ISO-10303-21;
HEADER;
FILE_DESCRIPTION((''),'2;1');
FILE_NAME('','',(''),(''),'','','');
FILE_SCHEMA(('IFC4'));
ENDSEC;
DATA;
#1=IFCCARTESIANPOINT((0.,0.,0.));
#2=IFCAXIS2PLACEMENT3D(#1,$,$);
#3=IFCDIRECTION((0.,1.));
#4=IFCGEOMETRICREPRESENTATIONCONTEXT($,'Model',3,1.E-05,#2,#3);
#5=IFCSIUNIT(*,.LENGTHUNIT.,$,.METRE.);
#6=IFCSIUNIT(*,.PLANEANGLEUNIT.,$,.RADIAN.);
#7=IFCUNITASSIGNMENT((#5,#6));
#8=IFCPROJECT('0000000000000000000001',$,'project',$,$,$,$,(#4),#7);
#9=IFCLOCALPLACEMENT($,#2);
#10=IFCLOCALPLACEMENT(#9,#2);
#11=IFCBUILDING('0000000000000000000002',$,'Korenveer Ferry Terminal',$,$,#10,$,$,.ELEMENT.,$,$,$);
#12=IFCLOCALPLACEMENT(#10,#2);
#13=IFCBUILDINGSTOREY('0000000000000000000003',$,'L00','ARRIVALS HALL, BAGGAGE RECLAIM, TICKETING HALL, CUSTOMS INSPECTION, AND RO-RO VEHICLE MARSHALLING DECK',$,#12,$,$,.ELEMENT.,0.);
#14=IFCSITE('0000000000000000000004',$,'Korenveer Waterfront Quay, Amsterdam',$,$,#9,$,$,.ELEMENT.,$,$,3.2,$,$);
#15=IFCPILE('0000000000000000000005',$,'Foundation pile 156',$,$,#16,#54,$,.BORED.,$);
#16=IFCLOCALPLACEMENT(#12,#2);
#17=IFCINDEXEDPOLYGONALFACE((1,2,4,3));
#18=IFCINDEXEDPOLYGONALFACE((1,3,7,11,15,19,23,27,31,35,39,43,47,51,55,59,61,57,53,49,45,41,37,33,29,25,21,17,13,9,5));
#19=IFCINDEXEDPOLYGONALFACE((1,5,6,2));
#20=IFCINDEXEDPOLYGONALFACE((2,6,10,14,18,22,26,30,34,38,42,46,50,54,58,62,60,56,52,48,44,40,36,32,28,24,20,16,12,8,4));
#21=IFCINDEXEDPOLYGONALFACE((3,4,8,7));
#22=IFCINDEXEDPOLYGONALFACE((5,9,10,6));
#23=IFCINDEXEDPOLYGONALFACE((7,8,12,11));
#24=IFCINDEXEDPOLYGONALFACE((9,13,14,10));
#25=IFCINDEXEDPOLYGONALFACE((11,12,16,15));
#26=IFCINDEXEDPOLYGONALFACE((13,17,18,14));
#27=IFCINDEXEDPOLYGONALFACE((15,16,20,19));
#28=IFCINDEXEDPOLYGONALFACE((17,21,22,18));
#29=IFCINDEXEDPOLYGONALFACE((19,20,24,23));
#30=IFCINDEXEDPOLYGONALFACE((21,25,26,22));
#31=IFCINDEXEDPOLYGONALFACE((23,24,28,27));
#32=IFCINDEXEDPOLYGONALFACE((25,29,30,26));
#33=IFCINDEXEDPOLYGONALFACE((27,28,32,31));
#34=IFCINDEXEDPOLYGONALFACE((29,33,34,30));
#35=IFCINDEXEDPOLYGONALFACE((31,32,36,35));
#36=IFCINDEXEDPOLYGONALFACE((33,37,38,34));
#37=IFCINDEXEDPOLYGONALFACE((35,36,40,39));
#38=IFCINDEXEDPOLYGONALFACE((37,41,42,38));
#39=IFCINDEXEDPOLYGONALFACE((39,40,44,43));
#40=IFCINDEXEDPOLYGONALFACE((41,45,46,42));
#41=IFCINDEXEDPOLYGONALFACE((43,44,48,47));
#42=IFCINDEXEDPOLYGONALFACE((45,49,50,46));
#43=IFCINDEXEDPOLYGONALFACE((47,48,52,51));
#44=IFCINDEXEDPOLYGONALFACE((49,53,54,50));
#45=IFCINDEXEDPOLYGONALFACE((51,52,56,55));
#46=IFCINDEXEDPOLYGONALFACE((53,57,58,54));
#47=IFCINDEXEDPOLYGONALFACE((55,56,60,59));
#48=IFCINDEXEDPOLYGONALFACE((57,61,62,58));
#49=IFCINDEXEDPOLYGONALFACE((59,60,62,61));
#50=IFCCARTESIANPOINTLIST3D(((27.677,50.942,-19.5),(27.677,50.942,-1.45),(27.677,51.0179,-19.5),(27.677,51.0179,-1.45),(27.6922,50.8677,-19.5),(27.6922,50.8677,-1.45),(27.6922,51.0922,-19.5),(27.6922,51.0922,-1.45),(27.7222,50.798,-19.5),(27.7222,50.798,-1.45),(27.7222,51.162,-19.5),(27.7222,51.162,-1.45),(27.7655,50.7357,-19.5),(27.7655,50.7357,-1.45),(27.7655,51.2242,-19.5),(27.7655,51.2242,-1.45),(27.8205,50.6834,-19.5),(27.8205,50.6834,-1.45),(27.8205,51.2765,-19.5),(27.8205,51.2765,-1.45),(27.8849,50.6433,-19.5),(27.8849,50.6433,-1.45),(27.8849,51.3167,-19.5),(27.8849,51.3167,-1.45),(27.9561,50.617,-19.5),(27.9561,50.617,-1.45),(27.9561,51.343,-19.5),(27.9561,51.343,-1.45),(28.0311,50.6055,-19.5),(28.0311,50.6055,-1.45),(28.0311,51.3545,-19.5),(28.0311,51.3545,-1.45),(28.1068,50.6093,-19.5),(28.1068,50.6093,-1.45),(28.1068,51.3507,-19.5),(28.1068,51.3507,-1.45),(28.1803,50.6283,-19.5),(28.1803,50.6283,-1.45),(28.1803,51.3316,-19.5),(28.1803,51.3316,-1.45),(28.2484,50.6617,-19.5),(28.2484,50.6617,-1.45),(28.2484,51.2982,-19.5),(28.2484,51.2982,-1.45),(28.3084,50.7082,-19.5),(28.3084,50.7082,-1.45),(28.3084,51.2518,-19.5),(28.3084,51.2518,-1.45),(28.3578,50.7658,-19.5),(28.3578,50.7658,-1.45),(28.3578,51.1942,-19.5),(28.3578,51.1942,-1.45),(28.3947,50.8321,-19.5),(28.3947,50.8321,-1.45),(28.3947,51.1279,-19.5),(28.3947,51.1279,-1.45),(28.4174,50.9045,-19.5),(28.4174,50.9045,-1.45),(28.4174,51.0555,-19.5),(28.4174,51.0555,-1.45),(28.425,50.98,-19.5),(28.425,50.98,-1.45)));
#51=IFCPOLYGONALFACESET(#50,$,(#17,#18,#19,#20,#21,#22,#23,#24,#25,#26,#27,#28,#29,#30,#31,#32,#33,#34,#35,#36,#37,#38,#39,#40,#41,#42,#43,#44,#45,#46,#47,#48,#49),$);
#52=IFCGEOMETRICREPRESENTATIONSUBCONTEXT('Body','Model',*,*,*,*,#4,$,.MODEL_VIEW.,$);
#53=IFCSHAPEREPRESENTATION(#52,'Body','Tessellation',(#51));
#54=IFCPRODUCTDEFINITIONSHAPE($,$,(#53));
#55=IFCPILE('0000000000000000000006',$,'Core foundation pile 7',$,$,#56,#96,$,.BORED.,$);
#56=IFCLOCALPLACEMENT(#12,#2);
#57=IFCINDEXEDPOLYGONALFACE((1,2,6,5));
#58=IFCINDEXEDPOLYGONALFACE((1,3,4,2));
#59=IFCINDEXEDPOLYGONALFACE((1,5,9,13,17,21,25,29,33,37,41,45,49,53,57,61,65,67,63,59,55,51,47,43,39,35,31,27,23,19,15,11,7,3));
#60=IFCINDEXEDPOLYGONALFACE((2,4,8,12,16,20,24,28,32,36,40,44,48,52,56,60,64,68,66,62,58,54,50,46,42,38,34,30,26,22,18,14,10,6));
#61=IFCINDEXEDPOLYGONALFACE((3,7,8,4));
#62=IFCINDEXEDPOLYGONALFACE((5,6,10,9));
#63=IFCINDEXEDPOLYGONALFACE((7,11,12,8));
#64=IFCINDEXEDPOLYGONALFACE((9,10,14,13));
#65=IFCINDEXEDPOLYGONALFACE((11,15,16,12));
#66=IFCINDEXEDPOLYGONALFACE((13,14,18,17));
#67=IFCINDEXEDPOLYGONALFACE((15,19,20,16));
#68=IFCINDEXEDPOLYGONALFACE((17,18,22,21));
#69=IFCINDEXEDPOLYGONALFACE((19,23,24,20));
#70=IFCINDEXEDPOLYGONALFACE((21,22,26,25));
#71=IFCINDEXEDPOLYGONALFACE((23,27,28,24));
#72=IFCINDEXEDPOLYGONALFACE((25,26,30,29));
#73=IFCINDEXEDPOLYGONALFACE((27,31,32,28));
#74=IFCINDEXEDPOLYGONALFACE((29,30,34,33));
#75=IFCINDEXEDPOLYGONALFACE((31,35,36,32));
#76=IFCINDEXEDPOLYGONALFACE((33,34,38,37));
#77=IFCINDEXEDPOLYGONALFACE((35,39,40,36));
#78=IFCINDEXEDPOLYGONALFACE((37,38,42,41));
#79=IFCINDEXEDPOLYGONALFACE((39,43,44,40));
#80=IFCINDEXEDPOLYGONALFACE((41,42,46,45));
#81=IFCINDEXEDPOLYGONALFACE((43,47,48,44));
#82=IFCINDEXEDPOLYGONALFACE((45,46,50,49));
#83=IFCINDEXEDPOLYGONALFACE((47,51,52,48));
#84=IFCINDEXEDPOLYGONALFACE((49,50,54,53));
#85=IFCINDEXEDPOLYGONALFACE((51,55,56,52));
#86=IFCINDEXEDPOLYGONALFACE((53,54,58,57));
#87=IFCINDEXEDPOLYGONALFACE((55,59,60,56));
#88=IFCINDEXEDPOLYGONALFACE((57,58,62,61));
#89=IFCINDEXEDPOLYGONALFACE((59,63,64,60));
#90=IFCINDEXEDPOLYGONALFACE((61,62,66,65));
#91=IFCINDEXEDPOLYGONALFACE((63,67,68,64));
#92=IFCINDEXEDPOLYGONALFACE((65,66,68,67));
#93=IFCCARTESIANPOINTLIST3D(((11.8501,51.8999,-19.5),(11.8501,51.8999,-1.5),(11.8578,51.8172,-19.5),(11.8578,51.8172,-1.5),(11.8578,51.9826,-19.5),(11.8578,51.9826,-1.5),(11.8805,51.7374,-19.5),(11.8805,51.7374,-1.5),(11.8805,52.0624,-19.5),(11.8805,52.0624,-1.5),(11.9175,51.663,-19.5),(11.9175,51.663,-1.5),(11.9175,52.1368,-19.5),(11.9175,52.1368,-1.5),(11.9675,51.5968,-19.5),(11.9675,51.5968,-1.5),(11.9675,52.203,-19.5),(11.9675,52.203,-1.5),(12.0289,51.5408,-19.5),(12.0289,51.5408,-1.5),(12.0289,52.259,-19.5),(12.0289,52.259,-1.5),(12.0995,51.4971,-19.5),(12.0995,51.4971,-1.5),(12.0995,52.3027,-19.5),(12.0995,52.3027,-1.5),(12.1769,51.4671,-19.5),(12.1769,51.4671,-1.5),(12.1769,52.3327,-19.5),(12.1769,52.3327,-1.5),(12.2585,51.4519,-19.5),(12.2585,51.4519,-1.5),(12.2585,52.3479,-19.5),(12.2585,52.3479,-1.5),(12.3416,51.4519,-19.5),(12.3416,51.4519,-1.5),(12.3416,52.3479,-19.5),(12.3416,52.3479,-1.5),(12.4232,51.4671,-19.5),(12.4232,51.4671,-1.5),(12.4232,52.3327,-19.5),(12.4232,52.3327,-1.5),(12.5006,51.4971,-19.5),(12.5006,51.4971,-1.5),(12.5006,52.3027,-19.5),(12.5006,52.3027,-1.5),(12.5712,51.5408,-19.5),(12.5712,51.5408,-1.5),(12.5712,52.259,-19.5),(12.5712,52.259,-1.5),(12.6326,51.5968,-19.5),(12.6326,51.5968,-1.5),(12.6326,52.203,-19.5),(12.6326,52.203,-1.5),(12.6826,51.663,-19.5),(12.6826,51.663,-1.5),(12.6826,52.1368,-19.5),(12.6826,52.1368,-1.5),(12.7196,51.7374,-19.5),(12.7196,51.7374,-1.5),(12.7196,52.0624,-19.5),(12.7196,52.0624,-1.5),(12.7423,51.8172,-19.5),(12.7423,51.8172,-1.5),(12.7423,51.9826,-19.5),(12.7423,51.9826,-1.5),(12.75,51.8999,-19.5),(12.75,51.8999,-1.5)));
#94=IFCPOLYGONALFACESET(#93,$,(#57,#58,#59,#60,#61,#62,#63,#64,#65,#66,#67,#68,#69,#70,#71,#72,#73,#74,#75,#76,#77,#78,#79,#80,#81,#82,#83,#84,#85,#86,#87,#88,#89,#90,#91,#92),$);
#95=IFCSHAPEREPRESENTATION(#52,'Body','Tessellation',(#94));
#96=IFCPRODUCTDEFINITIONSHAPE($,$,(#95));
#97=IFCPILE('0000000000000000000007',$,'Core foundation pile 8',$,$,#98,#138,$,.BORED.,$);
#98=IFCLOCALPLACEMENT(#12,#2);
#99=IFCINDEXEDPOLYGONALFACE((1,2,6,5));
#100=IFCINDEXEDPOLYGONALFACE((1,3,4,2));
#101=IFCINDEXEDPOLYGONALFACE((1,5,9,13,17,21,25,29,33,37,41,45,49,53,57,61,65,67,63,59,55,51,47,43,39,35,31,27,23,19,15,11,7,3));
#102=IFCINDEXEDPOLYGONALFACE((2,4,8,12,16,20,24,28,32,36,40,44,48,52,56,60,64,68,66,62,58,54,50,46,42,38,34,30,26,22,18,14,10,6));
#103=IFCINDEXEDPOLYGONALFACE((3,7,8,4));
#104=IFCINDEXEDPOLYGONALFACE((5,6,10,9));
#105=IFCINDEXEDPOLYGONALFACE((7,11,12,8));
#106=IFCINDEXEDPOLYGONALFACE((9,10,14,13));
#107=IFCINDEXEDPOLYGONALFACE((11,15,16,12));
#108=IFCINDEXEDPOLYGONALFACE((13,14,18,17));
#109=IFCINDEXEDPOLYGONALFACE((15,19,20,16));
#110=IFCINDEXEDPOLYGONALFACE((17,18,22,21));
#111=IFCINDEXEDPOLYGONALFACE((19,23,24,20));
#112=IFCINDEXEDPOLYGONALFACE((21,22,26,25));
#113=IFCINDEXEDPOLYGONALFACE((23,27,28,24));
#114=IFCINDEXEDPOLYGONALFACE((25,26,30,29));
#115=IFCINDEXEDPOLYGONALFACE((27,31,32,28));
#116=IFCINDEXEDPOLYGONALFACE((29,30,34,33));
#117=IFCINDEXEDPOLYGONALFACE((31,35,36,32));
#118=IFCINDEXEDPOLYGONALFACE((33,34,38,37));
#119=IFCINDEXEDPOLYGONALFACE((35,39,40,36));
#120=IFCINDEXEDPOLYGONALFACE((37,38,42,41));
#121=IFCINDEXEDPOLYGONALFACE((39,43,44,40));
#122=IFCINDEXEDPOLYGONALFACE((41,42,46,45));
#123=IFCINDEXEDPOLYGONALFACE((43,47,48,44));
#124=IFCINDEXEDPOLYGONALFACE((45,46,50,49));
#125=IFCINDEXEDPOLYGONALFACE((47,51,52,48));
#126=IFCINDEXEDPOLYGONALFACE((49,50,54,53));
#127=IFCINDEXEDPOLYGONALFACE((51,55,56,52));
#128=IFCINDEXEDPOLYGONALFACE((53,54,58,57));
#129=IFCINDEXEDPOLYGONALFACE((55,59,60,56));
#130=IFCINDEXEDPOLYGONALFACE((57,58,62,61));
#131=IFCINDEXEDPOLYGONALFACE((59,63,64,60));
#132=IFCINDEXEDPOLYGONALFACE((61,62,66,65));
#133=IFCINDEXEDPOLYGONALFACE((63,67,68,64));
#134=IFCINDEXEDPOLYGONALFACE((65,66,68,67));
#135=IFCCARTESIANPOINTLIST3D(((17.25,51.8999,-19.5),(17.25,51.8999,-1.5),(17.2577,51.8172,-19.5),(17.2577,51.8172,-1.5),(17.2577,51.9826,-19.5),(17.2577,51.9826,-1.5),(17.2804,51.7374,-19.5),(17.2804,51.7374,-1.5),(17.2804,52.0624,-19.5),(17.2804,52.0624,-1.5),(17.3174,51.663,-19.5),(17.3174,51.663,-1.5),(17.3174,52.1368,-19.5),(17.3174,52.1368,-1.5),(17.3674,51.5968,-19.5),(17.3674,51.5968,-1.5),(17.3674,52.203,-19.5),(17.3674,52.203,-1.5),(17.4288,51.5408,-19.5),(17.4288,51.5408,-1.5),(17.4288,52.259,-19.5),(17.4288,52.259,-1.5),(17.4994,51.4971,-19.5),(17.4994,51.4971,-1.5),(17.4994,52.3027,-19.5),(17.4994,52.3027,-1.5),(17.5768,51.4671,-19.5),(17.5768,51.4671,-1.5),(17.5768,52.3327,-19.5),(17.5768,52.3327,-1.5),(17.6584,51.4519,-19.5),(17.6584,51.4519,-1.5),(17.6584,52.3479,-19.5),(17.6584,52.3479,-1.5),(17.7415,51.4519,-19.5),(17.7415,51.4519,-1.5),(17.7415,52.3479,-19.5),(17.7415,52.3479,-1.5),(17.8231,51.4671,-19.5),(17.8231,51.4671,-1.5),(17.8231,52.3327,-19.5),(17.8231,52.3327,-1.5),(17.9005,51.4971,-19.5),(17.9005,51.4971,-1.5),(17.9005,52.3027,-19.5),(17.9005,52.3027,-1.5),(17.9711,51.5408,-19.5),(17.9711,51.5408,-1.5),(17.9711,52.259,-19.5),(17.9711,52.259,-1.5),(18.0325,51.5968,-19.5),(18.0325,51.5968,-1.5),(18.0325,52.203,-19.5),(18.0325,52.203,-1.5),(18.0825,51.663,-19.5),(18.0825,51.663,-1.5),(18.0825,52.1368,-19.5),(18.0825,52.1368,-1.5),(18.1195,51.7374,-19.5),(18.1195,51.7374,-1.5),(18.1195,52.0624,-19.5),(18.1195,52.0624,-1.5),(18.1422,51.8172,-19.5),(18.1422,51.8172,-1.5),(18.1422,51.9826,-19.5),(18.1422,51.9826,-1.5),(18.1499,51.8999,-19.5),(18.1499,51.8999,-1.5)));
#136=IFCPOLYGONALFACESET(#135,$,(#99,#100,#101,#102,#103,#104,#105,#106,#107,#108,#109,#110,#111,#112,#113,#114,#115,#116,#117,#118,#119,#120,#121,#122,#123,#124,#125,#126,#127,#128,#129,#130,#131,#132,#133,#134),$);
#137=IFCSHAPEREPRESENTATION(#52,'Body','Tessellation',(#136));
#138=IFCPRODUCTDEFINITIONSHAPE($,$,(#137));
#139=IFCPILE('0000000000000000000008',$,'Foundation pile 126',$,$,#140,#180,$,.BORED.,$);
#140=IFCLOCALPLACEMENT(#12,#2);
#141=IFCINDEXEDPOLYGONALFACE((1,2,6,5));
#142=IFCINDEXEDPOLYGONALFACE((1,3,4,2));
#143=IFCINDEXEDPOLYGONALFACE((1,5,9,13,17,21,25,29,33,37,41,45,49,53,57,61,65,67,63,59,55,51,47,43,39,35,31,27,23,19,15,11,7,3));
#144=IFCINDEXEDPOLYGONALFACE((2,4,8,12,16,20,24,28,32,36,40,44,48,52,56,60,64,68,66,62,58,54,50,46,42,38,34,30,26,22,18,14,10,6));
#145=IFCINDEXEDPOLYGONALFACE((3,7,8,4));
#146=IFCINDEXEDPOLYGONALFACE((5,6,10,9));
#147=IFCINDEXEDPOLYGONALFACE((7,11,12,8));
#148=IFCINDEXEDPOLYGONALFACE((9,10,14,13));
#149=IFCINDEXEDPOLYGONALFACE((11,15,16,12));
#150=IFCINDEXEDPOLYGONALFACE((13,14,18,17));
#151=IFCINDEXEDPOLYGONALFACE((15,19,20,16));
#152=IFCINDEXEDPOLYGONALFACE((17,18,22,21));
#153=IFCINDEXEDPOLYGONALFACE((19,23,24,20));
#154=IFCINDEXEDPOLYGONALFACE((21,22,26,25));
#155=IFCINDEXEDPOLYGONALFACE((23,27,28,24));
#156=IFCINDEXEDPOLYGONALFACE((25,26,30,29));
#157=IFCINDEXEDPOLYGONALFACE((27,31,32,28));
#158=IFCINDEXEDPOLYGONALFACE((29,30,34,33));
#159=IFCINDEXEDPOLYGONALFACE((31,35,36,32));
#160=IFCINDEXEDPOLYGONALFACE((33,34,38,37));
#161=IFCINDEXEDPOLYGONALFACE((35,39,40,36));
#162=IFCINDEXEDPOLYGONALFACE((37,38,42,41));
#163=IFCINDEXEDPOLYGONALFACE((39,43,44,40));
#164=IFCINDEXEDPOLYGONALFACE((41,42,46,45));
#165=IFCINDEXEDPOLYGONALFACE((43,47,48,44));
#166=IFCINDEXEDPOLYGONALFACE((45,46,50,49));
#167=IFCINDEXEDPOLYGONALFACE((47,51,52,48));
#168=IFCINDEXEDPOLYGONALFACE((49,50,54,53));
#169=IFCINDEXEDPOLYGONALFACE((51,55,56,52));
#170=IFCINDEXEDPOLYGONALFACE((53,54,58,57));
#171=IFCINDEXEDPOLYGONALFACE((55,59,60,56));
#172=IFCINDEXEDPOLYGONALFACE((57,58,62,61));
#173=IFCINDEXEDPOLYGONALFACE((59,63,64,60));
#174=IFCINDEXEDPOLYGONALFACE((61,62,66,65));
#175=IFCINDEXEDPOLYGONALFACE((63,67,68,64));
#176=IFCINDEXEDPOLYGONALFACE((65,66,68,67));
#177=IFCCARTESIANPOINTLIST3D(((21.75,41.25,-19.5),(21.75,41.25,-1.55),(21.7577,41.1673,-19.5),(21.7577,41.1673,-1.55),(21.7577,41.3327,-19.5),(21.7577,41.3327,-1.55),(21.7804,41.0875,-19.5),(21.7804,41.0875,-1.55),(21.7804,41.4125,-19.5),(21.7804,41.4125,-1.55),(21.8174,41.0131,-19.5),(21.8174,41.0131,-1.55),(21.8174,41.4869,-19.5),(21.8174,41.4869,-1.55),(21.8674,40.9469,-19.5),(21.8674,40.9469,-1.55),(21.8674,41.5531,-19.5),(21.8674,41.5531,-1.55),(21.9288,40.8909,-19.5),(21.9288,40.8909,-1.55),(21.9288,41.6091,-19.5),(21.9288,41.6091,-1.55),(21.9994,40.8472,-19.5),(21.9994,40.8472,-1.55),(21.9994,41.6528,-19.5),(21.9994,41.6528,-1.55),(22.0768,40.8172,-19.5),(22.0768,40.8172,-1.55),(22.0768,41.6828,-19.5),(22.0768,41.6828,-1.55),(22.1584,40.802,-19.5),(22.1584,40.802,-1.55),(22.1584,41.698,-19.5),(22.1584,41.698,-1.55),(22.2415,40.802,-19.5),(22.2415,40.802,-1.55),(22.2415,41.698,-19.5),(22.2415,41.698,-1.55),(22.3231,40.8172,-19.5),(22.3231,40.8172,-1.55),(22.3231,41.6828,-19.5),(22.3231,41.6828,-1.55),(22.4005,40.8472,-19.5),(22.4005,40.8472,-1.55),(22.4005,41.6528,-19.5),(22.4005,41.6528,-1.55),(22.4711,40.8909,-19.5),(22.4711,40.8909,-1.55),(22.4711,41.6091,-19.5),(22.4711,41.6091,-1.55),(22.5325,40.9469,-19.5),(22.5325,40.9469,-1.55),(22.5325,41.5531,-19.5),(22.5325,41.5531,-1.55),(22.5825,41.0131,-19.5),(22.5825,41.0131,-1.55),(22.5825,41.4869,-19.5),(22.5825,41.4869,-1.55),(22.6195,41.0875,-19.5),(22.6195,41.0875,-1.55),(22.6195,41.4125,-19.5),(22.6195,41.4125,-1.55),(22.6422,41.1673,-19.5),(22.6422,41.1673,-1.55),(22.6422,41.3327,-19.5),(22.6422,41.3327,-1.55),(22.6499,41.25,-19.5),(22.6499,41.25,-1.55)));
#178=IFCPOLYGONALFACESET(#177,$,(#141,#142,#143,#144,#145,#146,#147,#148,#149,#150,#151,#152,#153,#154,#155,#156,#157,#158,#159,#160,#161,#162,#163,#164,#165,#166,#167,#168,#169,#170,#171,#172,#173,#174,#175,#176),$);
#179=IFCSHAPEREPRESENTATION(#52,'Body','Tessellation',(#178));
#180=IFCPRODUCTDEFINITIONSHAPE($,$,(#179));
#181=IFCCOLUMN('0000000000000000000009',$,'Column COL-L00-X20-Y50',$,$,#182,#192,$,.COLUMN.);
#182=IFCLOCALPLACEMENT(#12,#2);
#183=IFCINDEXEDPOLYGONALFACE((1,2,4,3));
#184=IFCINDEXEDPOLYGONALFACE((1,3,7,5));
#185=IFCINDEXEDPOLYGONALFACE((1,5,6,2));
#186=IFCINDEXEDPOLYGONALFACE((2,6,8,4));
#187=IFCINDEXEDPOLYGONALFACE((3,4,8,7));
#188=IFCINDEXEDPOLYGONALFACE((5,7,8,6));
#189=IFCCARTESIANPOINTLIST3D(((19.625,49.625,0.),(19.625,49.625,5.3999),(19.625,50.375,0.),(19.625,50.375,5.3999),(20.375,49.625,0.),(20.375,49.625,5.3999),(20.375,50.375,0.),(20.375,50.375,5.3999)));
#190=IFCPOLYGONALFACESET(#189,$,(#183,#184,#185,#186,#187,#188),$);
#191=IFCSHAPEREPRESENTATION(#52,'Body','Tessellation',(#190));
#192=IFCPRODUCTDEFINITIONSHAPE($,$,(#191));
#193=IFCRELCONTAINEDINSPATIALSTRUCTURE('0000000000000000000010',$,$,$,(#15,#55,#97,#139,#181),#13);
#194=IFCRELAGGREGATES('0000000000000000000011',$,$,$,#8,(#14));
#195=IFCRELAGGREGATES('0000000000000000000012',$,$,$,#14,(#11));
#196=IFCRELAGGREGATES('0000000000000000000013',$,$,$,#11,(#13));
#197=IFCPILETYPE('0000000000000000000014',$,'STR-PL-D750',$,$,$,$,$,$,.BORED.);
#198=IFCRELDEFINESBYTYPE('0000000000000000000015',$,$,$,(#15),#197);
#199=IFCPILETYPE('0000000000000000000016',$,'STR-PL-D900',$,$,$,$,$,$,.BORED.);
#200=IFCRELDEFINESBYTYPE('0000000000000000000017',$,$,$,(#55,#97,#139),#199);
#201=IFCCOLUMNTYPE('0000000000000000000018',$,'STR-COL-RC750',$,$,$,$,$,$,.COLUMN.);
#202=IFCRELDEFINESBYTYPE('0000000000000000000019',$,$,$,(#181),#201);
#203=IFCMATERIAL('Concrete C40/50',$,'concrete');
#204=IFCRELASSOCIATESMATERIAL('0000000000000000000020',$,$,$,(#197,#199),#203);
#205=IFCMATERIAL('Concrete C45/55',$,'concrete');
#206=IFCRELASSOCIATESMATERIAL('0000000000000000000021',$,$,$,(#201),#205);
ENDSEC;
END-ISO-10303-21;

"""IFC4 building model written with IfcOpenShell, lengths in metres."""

from ifc_helpers import new_model, si_unit, direction, frame, origin, origin_2d, place, context, subcontext, project, spatial, rectangle, circle, extrude, material, material_profile, profile_set, type_object, element, save


model = new_model("IFC4")

# Units and contexts
model_context = context("Model", 3, precision=1e-05, world=origin(), true_north=direction((0.0, 1.0)))
body_context = subcontext(model_context, "Body", "Model", "MODEL_VIEW")
ifc_project = project(units=[si_unit("LENGTHUNIT", "METRE"), si_unit("PLANEANGLEUNIT", "RADIAN")], contexts=[model_context])

# Site, building, storey
site_placement = place(None, origin())
site = spatial("IfcSite", under=ifc_project, at=site_placement, Name="Korenveer Waterfront Quay, Amsterdam", CompositionType="ELEMENT", RefElevation=3.2)
building_placement = place(site_placement, origin())
building = spatial("IfcBuilding", under=site, at=building_placement, Name="Korenveer Ferry Terminal", CompositionType="ELEMENT")
storey_placement = place(building_placement, origin())
storey = spatial("IfcBuildingStorey", under=building, at=storey_placement, Name="L00", Description="ARRIVALS HALL, BAGGAGE RECLAIM, TICKETING HALL, CUSTOMS INSPECTION, AND RO-RO VEHICLE MARSHALLING DECK", CompositionType="ELEMENT", Elevation=0.0)

# Shared definitions
ifc_material_1 = material(Name="Concrete C40/50", Category="concrete")

# Piles
ifc_material_profile_1 = material_profile(ifc_material_1, circle(Radius=0.375, at=origin_2d()), Name="PILE D750")
ifc_profile_set_1 = profile_set([ifc_material_profile_1], Name="Concrete C40/50")
pile_type_1 = type_object("IfcPileType", Name="STR-PL-D750", PredefinedType="BORED", material=ifc_profile_set_1)
for number, where, z_axis, x_axis, name in (
    (1, (28.05, 50.98, -1.45), (0.0, 0.0, -1.0), (1.0, 0.0, 0.0), "Foundation pile 156"),
):
    element("IfcPile", number, at=place(storey_placement, frame(where, z_axis=z_axis, x_axis=x_axis)), inside=storey, type_object=pile_type_1, Name=name, PredefinedType="BORED", context=body_context, shape_type="SweptSolid", body=[
        extrude(circle(Radius=0.375, at=origin_2d()), origin(), (0.0, 0.0, 1.0), 18.05),
    ])
ifc_material_profile_2 = material_profile(ifc_material_1, circle(Radius=0.45, at=origin_2d()), Name="PILE D900")
ifc_profile_set_2 = profile_set([ifc_material_profile_2], Name="Concrete C40/50")
pile_type_2 = type_object("IfcPileType", Name="STR-PL-D900", PredefinedType="BORED", material=ifc_profile_set_2)
for number, where, z_axis, x_axis, name in (
    (2, (12.3, 51.8999, -1.5), (0.0, 0.0, -1.0), (1.0, 0.0, 0.0), "Core foundation pile 7"),
    (3, (17.7, 51.8999, -1.5), (0.0, 0.0, -1.0), (1.0, 0.0, 0.0), "Core foundation pile 8"),
):
    element("IfcPile", number, at=place(storey_placement, frame(where, z_axis=z_axis, x_axis=x_axis)), inside=storey, type_object=pile_type_2, Name=name, PredefinedType="BORED", context=body_context, shape_type="SweptSolid", body=[
        extrude(circle(Radius=0.45, at=origin_2d()), origin(), (0.0, 0.0, 1.0), 18.0),
    ])
pile_1_placement = place(storey_placement, frame((22.2, 41.25, -1.55), z_axis=(0.0, 0.0, -1.0), x_axis=(1.0, 0.0, 0.0)))
element("IfcPile", 4, at=pile_1_placement, inside=storey, type_object=pile_type_2, Name="Foundation pile 126", PredefinedType="BORED", context=body_context, shape_type="SweptSolid", body=[
    extrude(circle(Radius=0.45, at=origin_2d()), origin(), (0.0, 0.0, 1.0), 17.95),
])

# Column
ifc_material_2 = material(Name="Concrete C45/55", Category="concrete")
ifc_material_profile_3 = material_profile(ifc_material_2, rectangle(XDim=0.75, YDim=0.75, at=origin_2d()), Name="RC 750x750")
ifc_profile_set_3 = profile_set([ifc_material_profile_3], Name="Concrete C45/55")
column_type = type_object("IfcColumnType", Name="STR-COL-RC750", PredefinedType="COLUMN", material=ifc_profile_set_3)
column_placement = place(storey_placement, frame((20.0, 50.0, 0.0), z_axis=(0.0, 0.0, 1.0), x_axis=(1.0, 0.0, 0.0)))
element("IfcColumn", 5, at=column_placement, inside=storey, type_object=column_type, Name="Column COL-L00-X20-Y50", PredefinedType="COLUMN", context=body_context, shape_type="SweptSolid", body=[
    extrude(rectangle(XDim=0.75, YDim=0.75, at=origin_2d()), origin(), (0.0, 0.0, 1.0), 5.3999),
])

save(model, "model.ifc")
